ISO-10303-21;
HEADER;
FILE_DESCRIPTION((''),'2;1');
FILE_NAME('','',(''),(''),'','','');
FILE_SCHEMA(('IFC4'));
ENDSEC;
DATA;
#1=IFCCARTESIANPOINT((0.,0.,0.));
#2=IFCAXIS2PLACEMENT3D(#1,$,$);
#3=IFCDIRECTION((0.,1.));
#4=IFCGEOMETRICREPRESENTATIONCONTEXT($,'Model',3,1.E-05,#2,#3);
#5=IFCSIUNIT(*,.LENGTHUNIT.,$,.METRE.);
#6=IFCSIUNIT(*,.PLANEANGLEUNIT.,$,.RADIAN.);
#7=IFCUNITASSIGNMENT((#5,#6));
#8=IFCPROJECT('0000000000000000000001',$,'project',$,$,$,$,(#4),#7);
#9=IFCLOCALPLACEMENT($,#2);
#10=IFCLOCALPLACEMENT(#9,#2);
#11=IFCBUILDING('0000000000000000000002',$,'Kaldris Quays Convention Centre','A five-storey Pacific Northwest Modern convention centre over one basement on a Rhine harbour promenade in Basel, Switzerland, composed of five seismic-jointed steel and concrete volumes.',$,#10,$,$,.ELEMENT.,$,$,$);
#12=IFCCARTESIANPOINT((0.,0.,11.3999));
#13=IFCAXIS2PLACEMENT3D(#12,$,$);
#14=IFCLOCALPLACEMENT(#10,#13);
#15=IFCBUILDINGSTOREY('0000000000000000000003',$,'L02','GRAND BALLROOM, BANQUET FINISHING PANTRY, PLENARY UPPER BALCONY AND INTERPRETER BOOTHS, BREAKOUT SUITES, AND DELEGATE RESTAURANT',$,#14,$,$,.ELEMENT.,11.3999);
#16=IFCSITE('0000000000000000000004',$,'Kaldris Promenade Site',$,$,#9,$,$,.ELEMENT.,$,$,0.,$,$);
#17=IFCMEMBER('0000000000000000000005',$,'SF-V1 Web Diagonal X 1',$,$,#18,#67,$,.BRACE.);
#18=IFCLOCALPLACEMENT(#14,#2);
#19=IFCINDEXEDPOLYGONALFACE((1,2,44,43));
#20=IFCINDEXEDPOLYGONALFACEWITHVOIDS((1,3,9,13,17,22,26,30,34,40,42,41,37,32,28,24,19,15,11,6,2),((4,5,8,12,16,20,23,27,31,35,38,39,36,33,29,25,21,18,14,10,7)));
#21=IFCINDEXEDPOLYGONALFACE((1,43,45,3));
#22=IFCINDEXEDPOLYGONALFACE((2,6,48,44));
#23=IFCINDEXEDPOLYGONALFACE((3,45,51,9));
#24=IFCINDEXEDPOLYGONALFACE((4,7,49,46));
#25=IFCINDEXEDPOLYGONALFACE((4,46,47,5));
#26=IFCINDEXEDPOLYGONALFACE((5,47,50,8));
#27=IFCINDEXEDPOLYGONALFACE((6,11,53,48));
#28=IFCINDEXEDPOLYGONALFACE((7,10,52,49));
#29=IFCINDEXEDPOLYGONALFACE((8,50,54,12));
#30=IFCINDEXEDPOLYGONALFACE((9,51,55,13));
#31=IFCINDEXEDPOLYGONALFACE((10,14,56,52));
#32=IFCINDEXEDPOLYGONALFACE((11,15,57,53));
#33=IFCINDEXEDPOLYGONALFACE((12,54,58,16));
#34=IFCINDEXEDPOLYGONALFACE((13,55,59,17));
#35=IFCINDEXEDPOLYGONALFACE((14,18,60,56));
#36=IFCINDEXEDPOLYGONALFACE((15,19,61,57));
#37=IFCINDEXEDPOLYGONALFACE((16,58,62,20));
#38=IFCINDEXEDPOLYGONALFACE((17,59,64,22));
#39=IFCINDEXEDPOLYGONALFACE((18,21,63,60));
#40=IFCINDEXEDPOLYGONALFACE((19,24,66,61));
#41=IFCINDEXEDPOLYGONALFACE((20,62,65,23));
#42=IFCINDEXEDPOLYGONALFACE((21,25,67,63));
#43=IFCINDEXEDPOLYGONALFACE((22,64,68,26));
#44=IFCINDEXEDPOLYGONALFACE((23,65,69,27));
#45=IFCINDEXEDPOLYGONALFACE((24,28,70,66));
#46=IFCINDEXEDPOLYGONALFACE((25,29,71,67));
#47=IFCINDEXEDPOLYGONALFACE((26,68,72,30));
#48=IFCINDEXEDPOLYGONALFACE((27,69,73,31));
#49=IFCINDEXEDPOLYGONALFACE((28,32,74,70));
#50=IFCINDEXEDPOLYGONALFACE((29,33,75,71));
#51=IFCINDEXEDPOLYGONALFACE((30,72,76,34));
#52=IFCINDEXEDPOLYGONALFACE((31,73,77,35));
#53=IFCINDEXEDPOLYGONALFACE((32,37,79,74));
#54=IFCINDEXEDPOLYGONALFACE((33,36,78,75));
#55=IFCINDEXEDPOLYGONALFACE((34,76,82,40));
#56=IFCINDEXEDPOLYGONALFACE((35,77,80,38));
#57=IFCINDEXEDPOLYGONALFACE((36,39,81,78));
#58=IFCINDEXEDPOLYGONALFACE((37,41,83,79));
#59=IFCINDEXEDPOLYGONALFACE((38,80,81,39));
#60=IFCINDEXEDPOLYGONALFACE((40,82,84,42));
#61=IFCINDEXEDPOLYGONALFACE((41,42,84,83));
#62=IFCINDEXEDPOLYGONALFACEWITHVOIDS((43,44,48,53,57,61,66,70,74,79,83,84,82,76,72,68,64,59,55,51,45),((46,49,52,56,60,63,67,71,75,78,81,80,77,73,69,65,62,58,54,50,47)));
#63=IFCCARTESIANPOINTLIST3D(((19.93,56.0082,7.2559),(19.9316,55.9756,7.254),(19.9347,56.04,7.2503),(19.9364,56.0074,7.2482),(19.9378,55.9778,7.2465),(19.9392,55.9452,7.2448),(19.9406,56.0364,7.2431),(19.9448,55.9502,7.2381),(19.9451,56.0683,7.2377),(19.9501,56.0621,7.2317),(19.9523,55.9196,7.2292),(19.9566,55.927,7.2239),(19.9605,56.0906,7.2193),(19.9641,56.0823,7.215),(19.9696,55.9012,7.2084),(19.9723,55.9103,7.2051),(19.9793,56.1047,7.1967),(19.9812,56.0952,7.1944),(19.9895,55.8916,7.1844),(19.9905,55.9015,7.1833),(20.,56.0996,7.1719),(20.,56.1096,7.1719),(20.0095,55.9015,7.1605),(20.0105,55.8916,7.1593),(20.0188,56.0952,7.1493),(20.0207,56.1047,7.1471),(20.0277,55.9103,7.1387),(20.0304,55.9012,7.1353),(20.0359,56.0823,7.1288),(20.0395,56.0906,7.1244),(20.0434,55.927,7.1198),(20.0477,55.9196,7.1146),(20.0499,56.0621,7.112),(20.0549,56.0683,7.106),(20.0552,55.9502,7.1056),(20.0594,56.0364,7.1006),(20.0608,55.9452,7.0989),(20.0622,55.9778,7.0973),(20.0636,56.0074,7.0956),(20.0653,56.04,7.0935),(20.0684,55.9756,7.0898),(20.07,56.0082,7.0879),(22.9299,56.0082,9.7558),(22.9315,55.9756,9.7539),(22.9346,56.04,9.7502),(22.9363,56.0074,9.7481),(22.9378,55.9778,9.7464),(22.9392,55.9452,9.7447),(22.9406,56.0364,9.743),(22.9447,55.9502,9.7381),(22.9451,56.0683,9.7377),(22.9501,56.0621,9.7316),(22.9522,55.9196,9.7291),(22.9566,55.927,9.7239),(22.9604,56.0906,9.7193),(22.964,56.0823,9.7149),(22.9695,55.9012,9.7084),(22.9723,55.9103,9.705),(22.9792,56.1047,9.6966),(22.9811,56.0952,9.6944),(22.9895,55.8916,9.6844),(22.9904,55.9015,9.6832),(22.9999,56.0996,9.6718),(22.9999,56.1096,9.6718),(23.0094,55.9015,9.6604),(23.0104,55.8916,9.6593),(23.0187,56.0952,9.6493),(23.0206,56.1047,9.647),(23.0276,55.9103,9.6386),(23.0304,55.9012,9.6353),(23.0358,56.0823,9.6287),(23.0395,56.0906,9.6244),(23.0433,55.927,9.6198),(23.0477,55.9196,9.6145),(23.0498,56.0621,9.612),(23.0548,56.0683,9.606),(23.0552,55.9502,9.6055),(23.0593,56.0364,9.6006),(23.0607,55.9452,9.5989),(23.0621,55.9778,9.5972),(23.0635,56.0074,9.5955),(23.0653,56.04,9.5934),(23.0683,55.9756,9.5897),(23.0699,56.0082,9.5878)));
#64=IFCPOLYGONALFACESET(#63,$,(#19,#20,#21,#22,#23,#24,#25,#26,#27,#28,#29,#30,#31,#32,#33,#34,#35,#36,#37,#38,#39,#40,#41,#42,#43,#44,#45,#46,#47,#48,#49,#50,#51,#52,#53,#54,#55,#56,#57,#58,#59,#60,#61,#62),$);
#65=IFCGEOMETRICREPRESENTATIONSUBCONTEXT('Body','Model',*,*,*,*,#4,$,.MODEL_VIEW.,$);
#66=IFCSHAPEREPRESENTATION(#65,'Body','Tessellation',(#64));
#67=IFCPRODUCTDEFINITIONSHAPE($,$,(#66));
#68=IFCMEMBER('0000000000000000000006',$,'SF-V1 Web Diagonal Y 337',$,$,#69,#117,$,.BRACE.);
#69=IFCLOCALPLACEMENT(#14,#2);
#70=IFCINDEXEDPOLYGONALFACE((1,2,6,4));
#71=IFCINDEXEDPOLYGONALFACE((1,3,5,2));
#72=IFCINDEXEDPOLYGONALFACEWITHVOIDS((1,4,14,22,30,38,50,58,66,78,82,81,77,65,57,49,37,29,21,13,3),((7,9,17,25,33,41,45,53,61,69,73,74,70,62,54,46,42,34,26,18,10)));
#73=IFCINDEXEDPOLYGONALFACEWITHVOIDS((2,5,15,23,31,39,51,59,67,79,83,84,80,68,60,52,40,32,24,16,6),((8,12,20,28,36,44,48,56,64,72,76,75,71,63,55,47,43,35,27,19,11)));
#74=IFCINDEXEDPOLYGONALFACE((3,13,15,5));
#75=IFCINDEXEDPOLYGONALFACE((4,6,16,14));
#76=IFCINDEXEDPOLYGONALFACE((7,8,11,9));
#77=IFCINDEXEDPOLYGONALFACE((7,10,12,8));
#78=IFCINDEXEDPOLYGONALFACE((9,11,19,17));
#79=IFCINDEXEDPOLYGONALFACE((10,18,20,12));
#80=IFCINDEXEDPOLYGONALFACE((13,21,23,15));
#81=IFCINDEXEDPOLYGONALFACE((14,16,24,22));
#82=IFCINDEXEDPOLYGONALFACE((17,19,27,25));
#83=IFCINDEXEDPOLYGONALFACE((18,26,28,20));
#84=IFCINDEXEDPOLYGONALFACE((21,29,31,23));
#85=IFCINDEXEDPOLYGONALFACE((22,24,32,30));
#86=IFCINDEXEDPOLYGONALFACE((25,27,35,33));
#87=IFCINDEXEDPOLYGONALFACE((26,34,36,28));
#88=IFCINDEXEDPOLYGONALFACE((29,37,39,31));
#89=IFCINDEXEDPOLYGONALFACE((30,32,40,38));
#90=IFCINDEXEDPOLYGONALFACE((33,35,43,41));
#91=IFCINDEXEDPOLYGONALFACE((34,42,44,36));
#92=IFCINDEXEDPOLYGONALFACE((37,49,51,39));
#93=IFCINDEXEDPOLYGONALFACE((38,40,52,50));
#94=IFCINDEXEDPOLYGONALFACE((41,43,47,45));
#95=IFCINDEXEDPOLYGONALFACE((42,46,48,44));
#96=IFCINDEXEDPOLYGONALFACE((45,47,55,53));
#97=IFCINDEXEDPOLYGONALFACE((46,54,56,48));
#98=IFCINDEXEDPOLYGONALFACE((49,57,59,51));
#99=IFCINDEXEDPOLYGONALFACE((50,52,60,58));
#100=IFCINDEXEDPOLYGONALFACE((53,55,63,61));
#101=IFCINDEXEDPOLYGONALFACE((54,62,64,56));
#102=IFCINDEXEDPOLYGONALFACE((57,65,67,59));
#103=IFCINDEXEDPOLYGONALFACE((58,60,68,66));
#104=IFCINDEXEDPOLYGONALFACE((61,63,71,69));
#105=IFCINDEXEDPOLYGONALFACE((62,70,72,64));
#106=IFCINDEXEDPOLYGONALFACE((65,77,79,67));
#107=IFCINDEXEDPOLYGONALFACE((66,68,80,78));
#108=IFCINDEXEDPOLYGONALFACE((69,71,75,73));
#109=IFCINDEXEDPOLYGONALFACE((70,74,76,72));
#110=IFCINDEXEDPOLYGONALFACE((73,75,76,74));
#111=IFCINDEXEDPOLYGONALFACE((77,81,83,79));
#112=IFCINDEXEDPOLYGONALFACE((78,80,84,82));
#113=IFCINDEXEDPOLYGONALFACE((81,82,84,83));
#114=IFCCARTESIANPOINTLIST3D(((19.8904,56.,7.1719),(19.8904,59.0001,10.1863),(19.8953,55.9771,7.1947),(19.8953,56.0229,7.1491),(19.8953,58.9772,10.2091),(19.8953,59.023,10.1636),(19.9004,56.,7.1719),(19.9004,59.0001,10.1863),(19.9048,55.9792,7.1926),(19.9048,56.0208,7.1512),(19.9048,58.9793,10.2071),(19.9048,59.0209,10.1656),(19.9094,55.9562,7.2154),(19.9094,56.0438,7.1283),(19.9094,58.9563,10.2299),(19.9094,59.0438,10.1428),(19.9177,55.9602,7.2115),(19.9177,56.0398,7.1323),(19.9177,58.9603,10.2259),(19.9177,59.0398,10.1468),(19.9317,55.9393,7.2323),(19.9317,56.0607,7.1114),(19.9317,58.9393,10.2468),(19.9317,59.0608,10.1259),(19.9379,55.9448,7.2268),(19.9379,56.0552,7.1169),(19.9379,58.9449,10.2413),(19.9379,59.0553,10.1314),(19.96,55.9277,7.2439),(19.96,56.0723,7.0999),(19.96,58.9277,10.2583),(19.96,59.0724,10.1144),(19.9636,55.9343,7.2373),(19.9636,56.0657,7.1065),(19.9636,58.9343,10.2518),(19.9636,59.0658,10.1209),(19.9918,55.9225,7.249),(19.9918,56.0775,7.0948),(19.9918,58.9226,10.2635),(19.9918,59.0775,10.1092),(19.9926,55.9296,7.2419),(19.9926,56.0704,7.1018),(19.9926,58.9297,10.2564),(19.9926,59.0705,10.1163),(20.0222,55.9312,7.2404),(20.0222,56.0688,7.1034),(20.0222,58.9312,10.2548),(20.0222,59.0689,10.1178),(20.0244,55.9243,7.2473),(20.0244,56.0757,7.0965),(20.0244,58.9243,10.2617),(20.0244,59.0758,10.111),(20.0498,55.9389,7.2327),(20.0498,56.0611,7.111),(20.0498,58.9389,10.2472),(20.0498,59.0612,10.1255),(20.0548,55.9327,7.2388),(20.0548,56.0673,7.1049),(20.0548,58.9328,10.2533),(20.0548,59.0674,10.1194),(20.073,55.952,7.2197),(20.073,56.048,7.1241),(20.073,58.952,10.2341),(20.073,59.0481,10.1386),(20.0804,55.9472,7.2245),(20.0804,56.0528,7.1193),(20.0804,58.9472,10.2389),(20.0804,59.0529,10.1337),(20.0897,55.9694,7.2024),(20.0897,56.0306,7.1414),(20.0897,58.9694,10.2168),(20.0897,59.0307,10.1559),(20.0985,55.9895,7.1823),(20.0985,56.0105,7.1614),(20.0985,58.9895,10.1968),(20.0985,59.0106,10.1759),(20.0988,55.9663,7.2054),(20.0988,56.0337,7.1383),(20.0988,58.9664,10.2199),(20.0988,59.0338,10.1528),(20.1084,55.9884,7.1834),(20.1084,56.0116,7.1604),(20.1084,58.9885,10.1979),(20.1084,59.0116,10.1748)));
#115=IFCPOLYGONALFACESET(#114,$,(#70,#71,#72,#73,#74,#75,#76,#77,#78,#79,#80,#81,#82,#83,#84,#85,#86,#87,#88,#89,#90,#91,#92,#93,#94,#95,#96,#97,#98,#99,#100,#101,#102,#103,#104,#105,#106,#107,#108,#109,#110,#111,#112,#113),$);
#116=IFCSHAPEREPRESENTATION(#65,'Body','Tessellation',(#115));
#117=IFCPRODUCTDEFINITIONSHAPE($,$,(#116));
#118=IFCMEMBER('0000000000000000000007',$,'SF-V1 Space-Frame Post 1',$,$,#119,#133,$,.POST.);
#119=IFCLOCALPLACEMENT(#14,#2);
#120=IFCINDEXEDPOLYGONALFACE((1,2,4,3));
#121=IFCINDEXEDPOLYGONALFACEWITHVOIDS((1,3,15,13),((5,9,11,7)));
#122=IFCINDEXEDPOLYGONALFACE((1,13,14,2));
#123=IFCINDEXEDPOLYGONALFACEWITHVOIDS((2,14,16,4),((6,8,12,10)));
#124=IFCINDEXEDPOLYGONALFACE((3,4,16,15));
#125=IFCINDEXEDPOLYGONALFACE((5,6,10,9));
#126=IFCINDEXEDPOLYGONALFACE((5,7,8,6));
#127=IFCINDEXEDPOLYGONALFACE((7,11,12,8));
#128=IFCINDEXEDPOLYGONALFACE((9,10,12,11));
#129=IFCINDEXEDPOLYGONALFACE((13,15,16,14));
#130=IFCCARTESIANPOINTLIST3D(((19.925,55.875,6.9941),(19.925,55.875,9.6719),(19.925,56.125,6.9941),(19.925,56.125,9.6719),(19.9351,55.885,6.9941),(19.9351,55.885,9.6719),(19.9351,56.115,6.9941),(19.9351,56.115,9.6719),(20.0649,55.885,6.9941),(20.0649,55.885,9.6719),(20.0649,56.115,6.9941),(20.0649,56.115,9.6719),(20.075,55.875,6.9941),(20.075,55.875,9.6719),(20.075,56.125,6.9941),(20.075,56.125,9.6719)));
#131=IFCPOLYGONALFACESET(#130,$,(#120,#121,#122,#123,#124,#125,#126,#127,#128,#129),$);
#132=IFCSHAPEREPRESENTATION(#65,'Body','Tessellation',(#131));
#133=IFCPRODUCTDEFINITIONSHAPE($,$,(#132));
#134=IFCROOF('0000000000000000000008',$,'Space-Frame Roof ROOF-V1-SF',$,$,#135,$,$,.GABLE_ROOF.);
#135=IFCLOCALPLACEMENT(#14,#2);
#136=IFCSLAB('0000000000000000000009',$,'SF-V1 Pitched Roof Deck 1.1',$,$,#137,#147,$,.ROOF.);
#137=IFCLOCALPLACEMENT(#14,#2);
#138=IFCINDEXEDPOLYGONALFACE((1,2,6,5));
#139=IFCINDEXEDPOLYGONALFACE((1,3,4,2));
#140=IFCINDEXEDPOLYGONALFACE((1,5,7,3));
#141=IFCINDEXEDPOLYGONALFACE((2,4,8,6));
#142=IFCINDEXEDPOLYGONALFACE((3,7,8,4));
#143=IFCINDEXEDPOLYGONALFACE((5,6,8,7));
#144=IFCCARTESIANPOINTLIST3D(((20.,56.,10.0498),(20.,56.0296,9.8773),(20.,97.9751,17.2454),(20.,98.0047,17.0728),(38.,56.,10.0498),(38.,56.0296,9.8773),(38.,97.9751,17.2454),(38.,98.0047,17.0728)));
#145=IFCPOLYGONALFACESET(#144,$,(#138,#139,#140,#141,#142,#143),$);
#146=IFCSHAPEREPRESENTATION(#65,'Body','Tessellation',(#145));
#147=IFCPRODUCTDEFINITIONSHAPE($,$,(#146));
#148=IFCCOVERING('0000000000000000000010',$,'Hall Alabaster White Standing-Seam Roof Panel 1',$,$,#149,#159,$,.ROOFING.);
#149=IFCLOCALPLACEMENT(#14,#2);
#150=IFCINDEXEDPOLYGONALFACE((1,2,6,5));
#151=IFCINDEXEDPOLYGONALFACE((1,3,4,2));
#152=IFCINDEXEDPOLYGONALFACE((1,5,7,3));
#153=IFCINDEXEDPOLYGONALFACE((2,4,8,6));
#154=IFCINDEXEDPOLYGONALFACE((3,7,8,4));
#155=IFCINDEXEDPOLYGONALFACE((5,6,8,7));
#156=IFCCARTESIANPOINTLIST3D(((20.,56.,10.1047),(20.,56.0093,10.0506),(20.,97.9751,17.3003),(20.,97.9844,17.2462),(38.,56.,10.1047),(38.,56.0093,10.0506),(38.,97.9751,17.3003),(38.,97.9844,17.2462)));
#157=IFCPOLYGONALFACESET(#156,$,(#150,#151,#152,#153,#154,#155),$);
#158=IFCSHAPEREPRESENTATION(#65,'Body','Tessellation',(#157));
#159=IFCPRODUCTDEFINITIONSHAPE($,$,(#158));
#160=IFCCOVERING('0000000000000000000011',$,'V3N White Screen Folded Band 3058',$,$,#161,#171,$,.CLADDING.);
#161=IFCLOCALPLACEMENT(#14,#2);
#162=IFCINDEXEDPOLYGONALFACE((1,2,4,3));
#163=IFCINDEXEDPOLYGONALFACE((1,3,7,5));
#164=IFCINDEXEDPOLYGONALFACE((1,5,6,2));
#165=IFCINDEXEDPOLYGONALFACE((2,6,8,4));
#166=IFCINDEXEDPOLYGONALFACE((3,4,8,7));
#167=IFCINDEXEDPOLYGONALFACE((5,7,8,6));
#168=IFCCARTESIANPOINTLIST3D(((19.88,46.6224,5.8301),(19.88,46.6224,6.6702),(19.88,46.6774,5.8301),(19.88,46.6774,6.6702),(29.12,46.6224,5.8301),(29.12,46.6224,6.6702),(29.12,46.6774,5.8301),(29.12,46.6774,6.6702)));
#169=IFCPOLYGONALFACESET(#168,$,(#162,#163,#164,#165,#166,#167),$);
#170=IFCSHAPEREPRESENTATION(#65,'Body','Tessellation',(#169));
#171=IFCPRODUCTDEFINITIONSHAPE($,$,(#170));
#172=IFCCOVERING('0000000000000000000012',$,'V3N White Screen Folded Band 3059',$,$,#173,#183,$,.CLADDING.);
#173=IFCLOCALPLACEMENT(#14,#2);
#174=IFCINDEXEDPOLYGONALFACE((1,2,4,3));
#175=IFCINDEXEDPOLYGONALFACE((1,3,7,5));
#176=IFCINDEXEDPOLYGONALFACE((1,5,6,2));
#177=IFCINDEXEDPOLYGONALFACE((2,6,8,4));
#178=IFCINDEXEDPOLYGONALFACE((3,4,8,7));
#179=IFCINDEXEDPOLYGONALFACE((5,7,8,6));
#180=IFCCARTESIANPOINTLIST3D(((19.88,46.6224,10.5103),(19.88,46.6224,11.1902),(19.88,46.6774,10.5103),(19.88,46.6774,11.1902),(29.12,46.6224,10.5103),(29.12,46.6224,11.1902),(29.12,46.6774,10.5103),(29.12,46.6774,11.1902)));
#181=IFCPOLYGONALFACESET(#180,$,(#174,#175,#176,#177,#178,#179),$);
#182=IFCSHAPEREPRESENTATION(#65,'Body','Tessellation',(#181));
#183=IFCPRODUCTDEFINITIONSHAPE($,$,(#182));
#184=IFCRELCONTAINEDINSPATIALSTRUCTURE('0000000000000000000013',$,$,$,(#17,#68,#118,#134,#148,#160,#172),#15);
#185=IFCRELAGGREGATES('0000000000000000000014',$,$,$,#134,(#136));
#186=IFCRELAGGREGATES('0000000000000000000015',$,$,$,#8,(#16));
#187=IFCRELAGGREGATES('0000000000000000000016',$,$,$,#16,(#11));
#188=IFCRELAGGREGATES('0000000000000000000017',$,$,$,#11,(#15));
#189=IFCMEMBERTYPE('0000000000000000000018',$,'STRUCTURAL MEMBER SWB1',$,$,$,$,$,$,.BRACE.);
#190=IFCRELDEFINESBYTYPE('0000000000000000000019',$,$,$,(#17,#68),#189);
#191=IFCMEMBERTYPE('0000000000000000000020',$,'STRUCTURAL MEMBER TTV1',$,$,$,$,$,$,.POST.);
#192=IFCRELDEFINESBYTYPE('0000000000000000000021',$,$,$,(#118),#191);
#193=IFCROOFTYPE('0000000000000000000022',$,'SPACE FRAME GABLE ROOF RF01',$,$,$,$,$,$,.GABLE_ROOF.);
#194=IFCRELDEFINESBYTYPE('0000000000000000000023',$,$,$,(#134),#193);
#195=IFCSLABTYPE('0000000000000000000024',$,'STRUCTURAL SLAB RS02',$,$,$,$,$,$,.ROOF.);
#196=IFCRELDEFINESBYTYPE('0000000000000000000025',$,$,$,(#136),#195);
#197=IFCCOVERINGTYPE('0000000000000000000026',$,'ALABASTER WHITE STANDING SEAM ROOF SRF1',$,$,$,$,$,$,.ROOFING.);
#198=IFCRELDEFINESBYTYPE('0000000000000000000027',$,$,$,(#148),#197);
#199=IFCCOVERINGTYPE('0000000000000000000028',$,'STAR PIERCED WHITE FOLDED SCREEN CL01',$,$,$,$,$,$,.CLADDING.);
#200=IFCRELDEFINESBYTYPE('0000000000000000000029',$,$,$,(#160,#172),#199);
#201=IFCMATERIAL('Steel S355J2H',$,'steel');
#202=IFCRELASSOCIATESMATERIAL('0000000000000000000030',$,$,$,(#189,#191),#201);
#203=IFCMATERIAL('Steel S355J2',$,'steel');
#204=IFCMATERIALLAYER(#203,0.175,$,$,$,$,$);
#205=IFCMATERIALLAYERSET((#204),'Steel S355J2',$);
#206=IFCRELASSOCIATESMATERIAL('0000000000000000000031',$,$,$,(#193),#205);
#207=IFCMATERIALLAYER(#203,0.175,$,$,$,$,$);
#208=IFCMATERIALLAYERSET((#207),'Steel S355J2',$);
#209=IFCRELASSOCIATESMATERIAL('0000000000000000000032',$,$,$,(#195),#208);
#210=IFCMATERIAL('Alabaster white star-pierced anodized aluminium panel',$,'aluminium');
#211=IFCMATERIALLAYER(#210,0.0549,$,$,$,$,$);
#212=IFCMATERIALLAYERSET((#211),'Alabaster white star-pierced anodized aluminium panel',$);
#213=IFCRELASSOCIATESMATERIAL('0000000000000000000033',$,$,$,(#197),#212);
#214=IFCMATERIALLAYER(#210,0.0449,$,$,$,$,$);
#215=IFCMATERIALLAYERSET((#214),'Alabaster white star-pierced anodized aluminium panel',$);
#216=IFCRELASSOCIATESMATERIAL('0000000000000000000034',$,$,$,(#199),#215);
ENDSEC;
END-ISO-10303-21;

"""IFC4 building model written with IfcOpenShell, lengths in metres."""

from ifc_helpers import new_model, si_unit, direction, frame, origin, origin_2d, place, context, subcontext, project, spatial, polyline, rectangle, hollow_rectangle, hollow_circle, outline, extrude, material, layer, layer_set, material_profile, profile_set, type_object, element, aggregate, save


model = new_model("IFC4")

# Units and contexts
model_context = context("Model", 3, precision=1e-05, world=origin(), true_north=direction((0.0, 1.0)))
body_context = subcontext(model_context, "Body", "Model", "MODEL_VIEW")
ifc_project = project(units=[si_unit("LENGTHUNIT", "METRE"), si_unit("PLANEANGLEUNIT", "RADIAN")], contexts=[model_context])

# Site, building, storey
site_placement = place(None, origin())
site = spatial("IfcSite", under=ifc_project, at=site_placement, Name="Kaldris Promenade Site", CompositionType="ELEMENT", RefElevation=0.0)
building_placement = place(site_placement, origin())
building = spatial("IfcBuilding", under=site, at=building_placement, Name="Kaldris Quays Convention Centre", Description="A five-storey Pacific Northwest Modern convention centre over one basement on a Rhine harbour promenade in Basel, Switzerland, composed of five seismic-jointed steel and concrete volumes.", CompositionType="ELEMENT")
storey_placement = place(building_placement, frame((0.0, 0.0, 11.3999)))
storey = spatial("IfcBuildingStorey", under=building, at=storey_placement, Name="L02", Description="GRAND BALLROOM, BANQUET FINISHING PANTRY, PLENARY UPPER BALCONY AND INTERPRETER BOOTHS, BREAKOUT SUITES, AND DELEGATE RESTAURANT", CompositionType="ELEMENT", Elevation=11.3999)

# Shared definitions
ifc_material_1 = material(Name="Steel S355J2", Category="steel")

# Members
ifc_material_2 = material(Name="Steel S355J2H", Category="steel")
ifc_material_profile_1 = material_profile(ifc_material_2, hollow_circle(Radius=0.1096, WallThickness=0.01, at=origin_2d()), Name="CHS 219.1x10")
ifc_profile_set_1 = profile_set([ifc_material_profile_1], Name="Steel S355J2H")
member_type_1 = type_object("IfcMemberType", Name="STRUCTURAL MEMBER SWB1", PredefinedType="BRACE", material=ifc_profile_set_1)
member_1_placement = place(storey_placement, frame((20.0, 56.0, 7.1719), z_axis=(0.768221, 0.0, 0.640184), x_axis=(0.0, 1.0, 0.0)))
element("IfcMember", 1, at=member_1_placement, inside=storey, type_object=member_type_1, Name="SF-V1 Web Diagonal X 1", PredefinedType="BRACE", context=body_context, shape_type="SweptSolid", body=[
    extrude(hollow_circle(Radius=0.1096, WallThickness=0.01, at=origin_2d()), origin(), (0.0, 0.0, 1.0), 3.905),
])
member_2_placement = place(storey_placement, frame((20.0, 56.0, 7.1719), z_axis=(0.0, 0.705411, 0.708798), x_axis=(-1.0, 0.0, 0.0)))
element("IfcMember", 2, at=member_2_placement, inside=storey, type_object=member_type_1, Name="SF-V1 Web Diagonal Y 337", PredefinedType="BRACE", context=body_context, shape_type="SweptSolid", body=[
    extrude(hollow_circle(Radius=0.1096, WallThickness=0.01, at=origin_2d()), origin(), (0.0, 0.0, 1.0), 4.2529),
])
ifc_material_profile_2 = material_profile(ifc_material_2, hollow_rectangle(XDim=0.1499, YDim=0.25, WallThickness=0.01, at=origin_2d()), Name="RHS 250x150x10")
ifc_profile_set_2 = profile_set([ifc_material_profile_2], Name="Steel S355J2H")
member_type_2 = type_object("IfcMemberType", Name="STRUCTURAL MEMBER TTV1", PredefinedType="POST", material=ifc_profile_set_2)
member_3_placement = place(storey_placement, frame((20.0, 56.0, 6.9941), z_axis=(0.0, 0.0, 1.0), x_axis=(1.0, 0.0, 0.0)))
element("IfcMember", 3, at=member_3_placement, inside=storey, type_object=member_type_2, Name="SF-V1 Space-Frame Post 1", PredefinedType="POST", context=body_context, shape_type="SweptSolid", body=[
    extrude(hollow_rectangle(XDim=0.1499, YDim=0.25, WallThickness=0.01, at=origin_2d()), origin(), (0.0, 0.0, 1.0), 2.6777),
])

# Roof, slab
ifc_layer_1 = layer(ifc_material_1, 0.175)
ifc_layer_set_1 = layer_set([ifc_layer_1], Name="Steel S355J2")
roof_type = type_object("IfcRoofType", Name="SPACE FRAME GABLE ROOF RF01", PredefinedType="GABLE_ROOF", material=ifc_layer_set_1)
roof_placement = place(storey_placement, origin())
roof = element("IfcRoof", 4, at=roof_placement, inside=storey, type_object=roof_type, Name="Space-Frame Roof ROOF-V1-SF", PredefinedType="GABLE_ROOF")
ifc_layer_2 = layer(ifc_material_1, 0.175)
ifc_layer_set_2 = layer_set([ifc_layer_2], Name="Steel S355J2")
slab_type = type_object("IfcSlabType", Name="STRUCTURAL SLAB RS02", PredefinedType="ROOF", material=ifc_layer_set_2)
slab_placement = place(storey_placement, frame((20.0, 56.0, 10.0498), z_axis=(0.0, -0.16896, 0.985623), x_axis=(1.0, 0.0, 0.0)))
slab = element("IfcSlab", 5, at=slab_placement, type_object=slab_type, Name="SF-V1 Pitched Roof Deck 1.1", PredefinedType="ROOF", context=body_context, shape_type="SweptSolid", body=[
    extrude(outline(polyline([(0.0, 0.0), (18.0, 0.0), (18.0, 42.5874), (0.0, 42.5874), (0.0, 0.0)])), origin(), (0.0, 0.0, -1.0), 0.175),
])
aggregate(roof, [slab])

# Coverings
ifc_material_3 = material(Name="Alabaster white star-pierced anodized aluminium panel", Category="aluminium")
ifc_layer_3 = layer(ifc_material_3, 0.0549)
ifc_layer_set_3 = layer_set([ifc_layer_3], Name="Alabaster white star-pierced anodized aluminium panel")
covering_type_1 = type_object("IfcCoveringType", Name="ALABASTER WHITE STANDING SEAM ROOF SRF1", PredefinedType="ROOFING", material=ifc_layer_set_3)
covering_1_placement = place(storey_placement, frame((20.0, 56.0, 10.1047), z_axis=(0.0, -0.16896, 0.985623), x_axis=(1.0, 0.0, 0.0)))
element("IfcCovering", 6, at=covering_1_placement, inside=storey, type_object=covering_type_1, Name="Hall Alabaster White Standing-Seam Roof Panel 1", PredefinedType="ROOFING", context=body_context, shape_type="SweptSolid", body=[
    extrude(outline(polyline([(0.0, 0.0), (18.0, 0.0), (18.0, 42.5874), (0.0, 42.5874), (0.0, 0.0)])), origin(), (0.0, 0.0, -1.0), 0.0549),
])
ifc_layer_4 = layer(ifc_material_3, 0.0449)
ifc_layer_set_4 = layer_set([ifc_layer_4], Name="Alabaster white star-pierced anodized aluminium panel")
covering_type_2 = type_object("IfcCoveringType", Name="STAR PIERCED WHITE FOLDED SCREEN CL01", PredefinedType="CLADDING", material=ifc_layer_set_4)
covering_2_placement = place(storey_placement, frame((24.5, 46.6499, 5.8301), z_axis=(0.0, 0.0, 1.0), x_axis=(1.0, 0.0, 0.0)))
element("IfcCovering", 7, at=covering_2_placement, inside=storey, type_object=covering_type_2, Name="V3N White Screen Folded Band 3058", PredefinedType="CLADDING", context=body_context, shape_type="SweptSolid", body=[
    extrude(rectangle(XDim=9.24, YDim=0.0549, at=origin_2d()), origin(), (0.0, 0.0, 1.0), 0.8401),
])
covering_3_placement = place(storey_placement, frame((24.5, 46.6499, 10.5103), z_axis=(0.0, 0.0, 1.0), x_axis=(1.0, 0.0, 0.0)))
element("IfcCovering", 8, at=covering_3_placement, inside=storey, type_object=covering_type_2, Name="V3N White Screen Folded Band 3059", PredefinedType="CLADDING", context=body_context, shape_type="SweptSolid", body=[
    extrude(rectangle(XDim=9.24, YDim=0.0549, at=origin_2d()), origin(), (0.0, 0.0, 1.0), 0.6799),
])

save(model, "model.ifc")
